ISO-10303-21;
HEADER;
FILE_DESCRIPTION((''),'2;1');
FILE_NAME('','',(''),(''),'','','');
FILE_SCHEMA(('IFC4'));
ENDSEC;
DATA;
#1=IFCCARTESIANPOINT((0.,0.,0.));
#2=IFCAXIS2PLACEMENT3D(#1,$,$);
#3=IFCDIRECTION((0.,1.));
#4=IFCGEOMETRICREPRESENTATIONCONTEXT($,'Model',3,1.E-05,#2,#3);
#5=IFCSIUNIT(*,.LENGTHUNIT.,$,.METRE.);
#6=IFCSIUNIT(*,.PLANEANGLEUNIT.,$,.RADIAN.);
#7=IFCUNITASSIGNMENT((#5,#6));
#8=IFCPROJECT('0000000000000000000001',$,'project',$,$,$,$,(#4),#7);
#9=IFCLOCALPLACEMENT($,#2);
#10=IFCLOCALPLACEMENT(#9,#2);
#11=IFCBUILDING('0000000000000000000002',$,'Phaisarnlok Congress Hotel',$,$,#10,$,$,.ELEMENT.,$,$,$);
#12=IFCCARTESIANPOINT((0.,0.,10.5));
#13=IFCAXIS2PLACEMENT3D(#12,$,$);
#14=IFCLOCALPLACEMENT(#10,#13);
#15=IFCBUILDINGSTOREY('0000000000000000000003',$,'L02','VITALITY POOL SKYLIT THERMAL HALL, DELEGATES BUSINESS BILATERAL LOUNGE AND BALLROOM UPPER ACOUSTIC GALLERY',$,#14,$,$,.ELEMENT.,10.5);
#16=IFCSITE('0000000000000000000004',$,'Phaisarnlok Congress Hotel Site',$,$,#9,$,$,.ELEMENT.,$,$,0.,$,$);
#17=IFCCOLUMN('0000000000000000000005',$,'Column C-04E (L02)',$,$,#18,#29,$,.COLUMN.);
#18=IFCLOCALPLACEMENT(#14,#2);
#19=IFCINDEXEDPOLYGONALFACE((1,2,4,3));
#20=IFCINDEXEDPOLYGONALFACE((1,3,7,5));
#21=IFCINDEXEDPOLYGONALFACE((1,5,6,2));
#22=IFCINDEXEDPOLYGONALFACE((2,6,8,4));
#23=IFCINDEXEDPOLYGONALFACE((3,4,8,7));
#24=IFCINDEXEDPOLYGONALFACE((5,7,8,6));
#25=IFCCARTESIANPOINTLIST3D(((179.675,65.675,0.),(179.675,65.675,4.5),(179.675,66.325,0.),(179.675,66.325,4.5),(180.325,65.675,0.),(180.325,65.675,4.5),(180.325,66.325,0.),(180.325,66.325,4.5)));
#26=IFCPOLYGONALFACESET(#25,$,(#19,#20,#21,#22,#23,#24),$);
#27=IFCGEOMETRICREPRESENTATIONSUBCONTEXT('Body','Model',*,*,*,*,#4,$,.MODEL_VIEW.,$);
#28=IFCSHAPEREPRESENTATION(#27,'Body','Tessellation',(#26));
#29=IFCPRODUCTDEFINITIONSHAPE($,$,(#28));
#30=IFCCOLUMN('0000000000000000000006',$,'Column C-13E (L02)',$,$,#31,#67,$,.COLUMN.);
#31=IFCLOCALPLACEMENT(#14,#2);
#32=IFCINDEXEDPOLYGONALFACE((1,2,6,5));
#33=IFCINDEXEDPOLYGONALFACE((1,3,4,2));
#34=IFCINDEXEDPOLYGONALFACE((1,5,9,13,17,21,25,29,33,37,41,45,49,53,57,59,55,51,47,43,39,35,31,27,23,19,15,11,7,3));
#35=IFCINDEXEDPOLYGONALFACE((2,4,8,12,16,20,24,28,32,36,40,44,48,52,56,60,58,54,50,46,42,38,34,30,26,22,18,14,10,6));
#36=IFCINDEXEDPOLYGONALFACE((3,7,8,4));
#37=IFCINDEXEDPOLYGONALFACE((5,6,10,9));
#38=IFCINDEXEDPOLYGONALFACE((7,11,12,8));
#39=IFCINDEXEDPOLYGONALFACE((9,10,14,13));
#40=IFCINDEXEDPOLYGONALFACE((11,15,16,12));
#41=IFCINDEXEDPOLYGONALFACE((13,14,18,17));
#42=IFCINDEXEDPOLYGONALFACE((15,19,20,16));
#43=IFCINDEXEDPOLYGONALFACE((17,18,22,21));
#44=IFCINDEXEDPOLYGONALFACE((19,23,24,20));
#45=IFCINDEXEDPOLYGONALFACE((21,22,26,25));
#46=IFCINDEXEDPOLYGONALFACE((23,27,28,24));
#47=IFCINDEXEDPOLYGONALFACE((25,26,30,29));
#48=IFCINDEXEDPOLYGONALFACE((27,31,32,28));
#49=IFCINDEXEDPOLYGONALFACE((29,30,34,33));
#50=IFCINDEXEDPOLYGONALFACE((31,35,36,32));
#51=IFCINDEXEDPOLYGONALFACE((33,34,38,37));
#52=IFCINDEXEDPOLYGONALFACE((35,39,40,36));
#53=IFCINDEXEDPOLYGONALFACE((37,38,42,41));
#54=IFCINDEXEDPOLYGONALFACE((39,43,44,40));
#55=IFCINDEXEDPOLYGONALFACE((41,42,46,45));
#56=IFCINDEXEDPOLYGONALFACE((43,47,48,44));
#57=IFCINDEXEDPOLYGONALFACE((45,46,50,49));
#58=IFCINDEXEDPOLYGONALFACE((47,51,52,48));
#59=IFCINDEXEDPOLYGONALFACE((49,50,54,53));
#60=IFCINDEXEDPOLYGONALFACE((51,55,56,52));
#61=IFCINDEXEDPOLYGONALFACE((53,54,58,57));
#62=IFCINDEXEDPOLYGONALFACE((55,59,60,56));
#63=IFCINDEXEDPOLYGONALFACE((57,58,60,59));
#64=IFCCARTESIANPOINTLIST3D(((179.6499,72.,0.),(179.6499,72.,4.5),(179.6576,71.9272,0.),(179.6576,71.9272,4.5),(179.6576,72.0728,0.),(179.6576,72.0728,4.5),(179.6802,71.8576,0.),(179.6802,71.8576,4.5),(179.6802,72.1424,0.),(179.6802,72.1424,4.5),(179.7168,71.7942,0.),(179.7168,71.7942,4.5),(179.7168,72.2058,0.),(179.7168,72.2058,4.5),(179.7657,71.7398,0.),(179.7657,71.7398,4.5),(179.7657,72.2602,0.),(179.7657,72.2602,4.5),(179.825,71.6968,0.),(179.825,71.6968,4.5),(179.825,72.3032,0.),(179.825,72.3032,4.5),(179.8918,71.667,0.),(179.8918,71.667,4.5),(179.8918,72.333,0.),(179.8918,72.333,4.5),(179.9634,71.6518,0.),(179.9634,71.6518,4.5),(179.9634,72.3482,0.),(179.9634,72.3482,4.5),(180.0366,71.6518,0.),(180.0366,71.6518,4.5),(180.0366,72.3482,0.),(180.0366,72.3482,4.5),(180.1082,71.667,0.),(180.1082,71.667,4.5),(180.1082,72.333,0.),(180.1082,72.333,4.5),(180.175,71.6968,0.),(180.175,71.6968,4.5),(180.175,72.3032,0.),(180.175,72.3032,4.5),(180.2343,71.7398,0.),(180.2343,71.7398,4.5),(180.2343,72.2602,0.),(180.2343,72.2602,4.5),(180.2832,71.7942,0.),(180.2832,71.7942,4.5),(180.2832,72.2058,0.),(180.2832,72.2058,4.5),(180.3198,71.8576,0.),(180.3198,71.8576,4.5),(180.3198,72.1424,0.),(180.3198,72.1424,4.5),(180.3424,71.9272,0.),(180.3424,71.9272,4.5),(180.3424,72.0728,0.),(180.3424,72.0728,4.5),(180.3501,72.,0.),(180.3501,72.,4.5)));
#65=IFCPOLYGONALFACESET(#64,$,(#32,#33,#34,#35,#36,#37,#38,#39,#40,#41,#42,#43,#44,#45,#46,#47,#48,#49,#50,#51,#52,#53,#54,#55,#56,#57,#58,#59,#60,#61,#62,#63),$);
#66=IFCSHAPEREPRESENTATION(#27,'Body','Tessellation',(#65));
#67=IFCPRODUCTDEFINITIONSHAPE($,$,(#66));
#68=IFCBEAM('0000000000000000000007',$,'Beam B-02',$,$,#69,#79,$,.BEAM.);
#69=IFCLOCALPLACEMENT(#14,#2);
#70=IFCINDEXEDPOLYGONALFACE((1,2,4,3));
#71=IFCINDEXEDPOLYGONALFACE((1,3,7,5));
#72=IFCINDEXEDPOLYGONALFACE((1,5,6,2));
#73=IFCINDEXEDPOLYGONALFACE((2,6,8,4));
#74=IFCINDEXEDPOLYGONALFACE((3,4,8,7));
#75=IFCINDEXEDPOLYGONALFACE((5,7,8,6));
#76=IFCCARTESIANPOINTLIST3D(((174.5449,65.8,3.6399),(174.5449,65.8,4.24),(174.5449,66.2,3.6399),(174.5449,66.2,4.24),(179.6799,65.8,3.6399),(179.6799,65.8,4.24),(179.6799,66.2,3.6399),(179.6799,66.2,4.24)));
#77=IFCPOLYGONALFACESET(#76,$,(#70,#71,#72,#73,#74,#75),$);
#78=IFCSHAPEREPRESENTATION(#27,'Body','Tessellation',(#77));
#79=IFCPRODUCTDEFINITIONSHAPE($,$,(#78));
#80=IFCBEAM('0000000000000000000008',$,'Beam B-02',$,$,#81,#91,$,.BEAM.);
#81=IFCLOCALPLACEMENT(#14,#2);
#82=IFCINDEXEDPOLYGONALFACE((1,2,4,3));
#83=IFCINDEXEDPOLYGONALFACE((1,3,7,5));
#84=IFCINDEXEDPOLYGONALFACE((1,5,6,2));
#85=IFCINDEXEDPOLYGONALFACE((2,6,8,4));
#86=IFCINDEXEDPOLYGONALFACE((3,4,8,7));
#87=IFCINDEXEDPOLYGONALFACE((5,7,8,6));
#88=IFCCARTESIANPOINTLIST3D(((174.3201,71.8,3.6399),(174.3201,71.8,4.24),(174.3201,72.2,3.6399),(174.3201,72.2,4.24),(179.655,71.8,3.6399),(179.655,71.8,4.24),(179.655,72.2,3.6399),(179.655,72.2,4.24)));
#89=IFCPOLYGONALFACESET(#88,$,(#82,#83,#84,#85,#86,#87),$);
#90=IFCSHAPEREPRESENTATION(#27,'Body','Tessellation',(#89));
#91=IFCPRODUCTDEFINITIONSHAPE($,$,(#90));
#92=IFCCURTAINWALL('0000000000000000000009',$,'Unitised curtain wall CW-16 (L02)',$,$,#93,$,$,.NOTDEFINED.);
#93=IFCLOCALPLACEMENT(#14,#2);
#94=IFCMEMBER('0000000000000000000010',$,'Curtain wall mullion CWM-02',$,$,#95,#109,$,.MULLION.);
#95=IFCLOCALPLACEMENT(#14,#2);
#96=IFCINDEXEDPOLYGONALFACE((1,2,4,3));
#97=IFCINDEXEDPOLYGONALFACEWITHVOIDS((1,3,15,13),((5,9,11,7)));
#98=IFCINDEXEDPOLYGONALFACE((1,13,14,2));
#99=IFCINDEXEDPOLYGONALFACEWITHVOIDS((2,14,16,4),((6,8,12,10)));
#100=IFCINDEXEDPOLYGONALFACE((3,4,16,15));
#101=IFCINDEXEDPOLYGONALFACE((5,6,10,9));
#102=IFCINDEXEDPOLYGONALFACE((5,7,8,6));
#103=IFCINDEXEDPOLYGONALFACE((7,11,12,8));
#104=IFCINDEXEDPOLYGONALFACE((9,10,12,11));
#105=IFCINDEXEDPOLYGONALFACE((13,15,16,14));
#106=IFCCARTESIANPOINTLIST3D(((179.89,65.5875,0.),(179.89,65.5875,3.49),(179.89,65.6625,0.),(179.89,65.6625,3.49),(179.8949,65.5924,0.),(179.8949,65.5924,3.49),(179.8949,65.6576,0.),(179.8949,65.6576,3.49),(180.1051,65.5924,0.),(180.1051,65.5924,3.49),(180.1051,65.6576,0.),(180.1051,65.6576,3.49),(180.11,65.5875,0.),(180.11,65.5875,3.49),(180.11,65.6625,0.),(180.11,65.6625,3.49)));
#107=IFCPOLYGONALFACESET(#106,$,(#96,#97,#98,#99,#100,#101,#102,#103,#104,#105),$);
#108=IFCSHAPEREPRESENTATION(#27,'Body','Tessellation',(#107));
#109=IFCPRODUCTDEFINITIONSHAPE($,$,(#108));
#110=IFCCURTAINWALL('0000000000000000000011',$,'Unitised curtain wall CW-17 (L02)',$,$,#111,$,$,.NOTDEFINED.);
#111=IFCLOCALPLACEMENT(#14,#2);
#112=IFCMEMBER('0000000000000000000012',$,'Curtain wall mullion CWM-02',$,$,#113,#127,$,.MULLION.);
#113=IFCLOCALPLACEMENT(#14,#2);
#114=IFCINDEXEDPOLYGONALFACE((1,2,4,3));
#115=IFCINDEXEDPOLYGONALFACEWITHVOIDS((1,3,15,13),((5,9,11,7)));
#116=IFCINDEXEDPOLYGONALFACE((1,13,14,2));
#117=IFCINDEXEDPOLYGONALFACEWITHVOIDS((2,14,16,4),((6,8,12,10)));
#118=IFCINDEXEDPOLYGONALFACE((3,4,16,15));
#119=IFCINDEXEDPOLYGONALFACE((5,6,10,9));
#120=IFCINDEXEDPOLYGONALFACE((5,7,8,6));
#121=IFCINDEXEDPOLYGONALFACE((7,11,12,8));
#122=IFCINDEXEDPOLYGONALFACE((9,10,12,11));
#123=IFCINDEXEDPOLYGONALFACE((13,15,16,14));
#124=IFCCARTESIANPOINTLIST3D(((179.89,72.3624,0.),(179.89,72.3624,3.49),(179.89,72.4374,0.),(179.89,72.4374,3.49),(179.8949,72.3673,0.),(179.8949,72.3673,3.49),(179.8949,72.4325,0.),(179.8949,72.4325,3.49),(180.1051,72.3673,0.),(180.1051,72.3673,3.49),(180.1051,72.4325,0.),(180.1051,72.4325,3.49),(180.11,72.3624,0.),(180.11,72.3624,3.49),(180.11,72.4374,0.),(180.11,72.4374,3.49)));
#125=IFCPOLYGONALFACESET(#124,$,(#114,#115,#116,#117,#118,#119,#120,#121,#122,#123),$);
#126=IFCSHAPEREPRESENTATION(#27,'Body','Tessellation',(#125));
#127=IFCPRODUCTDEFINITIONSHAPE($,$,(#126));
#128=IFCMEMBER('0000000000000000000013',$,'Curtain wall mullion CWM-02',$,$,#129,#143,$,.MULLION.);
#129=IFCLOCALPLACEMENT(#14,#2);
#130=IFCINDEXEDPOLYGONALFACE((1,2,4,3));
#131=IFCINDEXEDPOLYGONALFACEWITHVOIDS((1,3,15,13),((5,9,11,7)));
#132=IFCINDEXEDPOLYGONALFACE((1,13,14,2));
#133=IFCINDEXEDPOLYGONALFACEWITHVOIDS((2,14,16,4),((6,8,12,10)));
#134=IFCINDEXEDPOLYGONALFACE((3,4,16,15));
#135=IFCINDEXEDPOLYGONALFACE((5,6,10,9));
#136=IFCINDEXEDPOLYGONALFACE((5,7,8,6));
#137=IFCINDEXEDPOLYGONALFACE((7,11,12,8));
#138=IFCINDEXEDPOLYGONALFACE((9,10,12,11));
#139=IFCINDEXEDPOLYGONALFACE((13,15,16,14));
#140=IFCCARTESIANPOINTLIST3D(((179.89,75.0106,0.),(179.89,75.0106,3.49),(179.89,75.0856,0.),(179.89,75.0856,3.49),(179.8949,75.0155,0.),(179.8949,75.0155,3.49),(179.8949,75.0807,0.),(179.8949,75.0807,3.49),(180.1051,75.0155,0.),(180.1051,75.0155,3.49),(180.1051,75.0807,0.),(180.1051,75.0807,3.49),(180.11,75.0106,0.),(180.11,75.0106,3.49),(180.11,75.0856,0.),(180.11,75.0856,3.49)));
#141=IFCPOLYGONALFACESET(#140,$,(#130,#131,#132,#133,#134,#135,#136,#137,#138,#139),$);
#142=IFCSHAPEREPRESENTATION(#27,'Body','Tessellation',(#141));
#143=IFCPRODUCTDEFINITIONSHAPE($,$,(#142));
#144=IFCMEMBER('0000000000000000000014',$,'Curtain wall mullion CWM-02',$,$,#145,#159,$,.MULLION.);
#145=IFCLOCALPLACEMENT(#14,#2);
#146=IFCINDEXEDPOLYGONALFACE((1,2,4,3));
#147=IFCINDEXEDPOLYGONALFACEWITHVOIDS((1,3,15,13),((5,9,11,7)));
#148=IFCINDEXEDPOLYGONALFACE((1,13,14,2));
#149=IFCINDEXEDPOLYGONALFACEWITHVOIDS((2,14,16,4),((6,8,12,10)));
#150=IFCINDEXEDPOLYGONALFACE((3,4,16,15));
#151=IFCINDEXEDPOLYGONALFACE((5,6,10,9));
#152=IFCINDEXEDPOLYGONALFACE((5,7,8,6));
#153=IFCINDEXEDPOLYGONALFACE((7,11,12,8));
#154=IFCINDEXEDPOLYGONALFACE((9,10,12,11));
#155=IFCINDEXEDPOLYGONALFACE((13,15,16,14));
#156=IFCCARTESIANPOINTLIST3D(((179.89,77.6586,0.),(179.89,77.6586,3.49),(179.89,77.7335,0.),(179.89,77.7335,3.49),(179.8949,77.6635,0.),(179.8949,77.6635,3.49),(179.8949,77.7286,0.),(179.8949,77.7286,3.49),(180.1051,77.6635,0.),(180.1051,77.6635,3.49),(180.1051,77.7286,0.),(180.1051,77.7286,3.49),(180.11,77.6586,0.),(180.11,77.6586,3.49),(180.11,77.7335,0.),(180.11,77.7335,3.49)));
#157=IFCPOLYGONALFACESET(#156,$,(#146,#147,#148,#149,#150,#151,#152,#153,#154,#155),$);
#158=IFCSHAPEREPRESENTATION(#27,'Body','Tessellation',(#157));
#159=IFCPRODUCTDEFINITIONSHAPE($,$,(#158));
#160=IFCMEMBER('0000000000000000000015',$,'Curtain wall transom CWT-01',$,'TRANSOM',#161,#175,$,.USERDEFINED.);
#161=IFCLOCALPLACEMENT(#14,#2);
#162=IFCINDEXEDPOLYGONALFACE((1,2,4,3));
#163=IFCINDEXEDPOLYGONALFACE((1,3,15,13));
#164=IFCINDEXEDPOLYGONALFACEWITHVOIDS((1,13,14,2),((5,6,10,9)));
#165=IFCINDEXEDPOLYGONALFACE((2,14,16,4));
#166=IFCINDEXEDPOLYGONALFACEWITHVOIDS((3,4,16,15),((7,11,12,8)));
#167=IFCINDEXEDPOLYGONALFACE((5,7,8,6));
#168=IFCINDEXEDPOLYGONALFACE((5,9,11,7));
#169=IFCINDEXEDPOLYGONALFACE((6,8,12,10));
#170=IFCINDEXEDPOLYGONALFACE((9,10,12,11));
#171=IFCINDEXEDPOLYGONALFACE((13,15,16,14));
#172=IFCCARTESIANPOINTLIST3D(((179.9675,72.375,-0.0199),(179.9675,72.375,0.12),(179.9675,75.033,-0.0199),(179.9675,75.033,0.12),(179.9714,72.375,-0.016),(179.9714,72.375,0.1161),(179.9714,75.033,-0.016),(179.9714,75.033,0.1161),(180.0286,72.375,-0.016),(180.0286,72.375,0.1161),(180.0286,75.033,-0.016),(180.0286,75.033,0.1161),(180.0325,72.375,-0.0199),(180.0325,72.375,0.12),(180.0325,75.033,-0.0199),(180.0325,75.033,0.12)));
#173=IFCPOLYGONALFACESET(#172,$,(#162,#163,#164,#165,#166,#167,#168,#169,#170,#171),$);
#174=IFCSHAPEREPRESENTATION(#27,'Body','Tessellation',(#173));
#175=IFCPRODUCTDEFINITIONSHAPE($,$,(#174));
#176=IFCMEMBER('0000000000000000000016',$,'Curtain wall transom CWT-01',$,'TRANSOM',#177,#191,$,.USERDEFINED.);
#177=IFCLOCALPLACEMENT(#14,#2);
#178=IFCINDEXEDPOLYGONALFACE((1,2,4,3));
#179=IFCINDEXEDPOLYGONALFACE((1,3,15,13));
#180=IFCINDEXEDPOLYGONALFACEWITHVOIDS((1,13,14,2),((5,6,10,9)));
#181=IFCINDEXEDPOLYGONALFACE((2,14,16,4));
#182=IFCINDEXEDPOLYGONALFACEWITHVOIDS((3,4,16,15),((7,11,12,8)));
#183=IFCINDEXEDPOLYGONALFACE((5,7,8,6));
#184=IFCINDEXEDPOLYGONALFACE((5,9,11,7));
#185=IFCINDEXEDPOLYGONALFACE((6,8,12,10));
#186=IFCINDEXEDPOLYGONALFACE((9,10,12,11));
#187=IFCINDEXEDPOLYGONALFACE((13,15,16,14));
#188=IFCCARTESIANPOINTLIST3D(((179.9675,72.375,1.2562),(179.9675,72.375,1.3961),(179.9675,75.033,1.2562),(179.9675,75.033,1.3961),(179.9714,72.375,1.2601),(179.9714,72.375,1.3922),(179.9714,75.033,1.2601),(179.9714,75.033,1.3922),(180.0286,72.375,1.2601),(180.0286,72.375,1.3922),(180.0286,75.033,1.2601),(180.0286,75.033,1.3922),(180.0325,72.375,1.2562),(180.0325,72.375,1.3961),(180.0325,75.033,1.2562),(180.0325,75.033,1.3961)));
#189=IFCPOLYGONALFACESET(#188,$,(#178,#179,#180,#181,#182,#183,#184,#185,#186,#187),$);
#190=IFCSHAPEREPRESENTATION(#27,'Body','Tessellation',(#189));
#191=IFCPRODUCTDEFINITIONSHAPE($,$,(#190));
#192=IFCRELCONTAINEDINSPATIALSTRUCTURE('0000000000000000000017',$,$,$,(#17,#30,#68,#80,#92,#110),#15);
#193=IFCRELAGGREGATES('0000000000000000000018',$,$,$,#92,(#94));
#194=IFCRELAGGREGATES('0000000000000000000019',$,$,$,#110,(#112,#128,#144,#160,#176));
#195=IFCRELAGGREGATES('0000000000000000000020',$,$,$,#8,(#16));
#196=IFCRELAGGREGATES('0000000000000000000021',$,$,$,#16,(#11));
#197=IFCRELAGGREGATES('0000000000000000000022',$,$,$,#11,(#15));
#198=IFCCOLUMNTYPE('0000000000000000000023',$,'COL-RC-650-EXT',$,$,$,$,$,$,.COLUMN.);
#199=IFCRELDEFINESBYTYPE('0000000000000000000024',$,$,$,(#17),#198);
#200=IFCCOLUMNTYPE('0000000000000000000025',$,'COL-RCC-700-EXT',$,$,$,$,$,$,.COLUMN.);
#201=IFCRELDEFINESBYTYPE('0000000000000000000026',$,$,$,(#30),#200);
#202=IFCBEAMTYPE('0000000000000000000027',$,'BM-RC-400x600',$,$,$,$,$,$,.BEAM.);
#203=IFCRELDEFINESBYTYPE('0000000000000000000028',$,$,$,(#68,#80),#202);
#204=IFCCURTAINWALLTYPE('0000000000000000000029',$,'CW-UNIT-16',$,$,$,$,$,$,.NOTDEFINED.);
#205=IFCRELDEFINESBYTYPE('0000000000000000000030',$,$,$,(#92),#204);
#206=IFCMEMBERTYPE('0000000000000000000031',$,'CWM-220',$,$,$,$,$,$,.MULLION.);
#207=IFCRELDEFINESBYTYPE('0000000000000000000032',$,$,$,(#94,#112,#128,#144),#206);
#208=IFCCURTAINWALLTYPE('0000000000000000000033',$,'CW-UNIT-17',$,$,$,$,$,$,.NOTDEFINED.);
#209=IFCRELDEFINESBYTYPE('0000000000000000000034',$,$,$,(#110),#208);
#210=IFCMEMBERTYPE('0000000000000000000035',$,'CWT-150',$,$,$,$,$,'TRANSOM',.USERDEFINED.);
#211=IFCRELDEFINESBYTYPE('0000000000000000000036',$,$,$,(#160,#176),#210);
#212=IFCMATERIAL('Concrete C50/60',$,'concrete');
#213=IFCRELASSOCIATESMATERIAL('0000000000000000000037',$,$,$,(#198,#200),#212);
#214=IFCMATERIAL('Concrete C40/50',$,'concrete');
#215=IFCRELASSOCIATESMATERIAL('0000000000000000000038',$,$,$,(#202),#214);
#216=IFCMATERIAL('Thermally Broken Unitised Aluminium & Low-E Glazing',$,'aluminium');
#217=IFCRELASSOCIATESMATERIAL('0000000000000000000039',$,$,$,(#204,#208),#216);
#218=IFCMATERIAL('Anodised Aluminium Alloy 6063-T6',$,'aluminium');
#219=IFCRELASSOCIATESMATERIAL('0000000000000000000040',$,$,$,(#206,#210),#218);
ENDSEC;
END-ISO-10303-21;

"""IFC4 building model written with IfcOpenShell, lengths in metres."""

from ifc_helpers import new_model, si_unit, direction, frame, origin, origin_2d, place, context, subcontext, project, spatial, rectangle, hollow_rectangle, circle, extrude, material, material_profile, profile_set, type_object, element, aggregate, save


model = new_model("IFC4")

# Units and contexts
model_context = context("Model", 3, precision=1e-05, world=origin(), true_north=direction((0.0, 1.0)))
body_context = subcontext(model_context, "Body", "Model", "MODEL_VIEW")
ifc_project = project(units=[si_unit("LENGTHUNIT", "METRE"), si_unit("PLANEANGLEUNIT", "RADIAN")], contexts=[model_context])

# Site, building, storey
site_placement = place(None, origin())
site = spatial("IfcSite", under=ifc_project, at=site_placement, Name="Phaisarnlok Congress Hotel Site", CompositionType="ELEMENT", RefElevation=0.0)
building_placement = place(site_placement, origin())
building = spatial("IfcBuilding", under=site, at=building_placement, Name="Phaisarnlok Congress Hotel", CompositionType="ELEMENT")
storey_placement = place(building_placement, frame((0.0, 0.0, 10.5)))
storey = spatial("IfcBuildingStorey", under=building, at=storey_placement, Name="L02", Description="VITALITY POOL SKYLIT THERMAL HALL, DELEGATES BUSINESS BILATERAL LOUNGE AND BALLROOM UPPER ACOUSTIC GALLERY", CompositionType="ELEMENT", Elevation=10.5)

# Columns
ifc_material_1 = material(Name="Concrete C50/60", Category="concrete")
ifc_material_profile_1 = material_profile(ifc_material_1, rectangle(XDim=0.6499, YDim=0.6499, at=origin_2d()), Name="RC 650x650")
ifc_profile_set_1 = profile_set([ifc_material_profile_1], Name="Concrete C50/60")
column_type_1 = type_object("IfcColumnType", Name="COL-RC-650-EXT", PredefinedType="COLUMN", material=ifc_profile_set_1)
column_1_placement = place(storey_placement, frame((180.0, 66.0, 0.0), z_axis=(0.0, 0.0, 1.0), x_axis=(1.0, 0.0, 0.0)))
element("IfcColumn", 1, at=column_1_placement, inside=storey, type_object=column_type_1, Name="Column C-04E (L02)", PredefinedType="COLUMN", context=body_context, shape_type="SweptSolid", body=[
    extrude(rectangle(XDim=0.6499, YDim=0.6499, at=origin_2d()), origin(), (0.0, 0.0, 1.0), 4.5),
])
ifc_material_profile_2 = material_profile(ifc_material_1, circle(Radius=0.3501, at=origin_2d()), Name="RCC D700")
ifc_profile_set_2 = profile_set([ifc_material_profile_2], Name="Concrete C50/60")
column_type_2 = type_object("IfcColumnType", Name="COL-RCC-700-EXT", PredefinedType="COLUMN", material=ifc_profile_set_2)
column_2_placement = place(storey_placement, frame((180.0, 72.0, 0.0), z_axis=(0.0, 0.0, 1.0), x_axis=(1.0, 0.0, 0.0)))
element("IfcColumn", 2, at=column_2_placement, inside=storey, type_object=column_type_2, Name="Column C-13E (L02)", PredefinedType="COLUMN", context=body_context, shape_type="SweptSolid", body=[
    extrude(circle(Radius=0.3501, at=origin_2d()), origin(), (0.0, 0.0, 1.0), 4.5),
])

# Beams
ifc_material_2 = material(Name="Concrete C40/50", Category="concrete")
ifc_material_profile_3 = material_profile(ifc_material_2, rectangle(XDim=0.3999, YDim=0.6001, at=origin_2d()), Name="RC 400x600")
ifc_profile_set_3 = profile_set([ifc_material_profile_3], Name="Concrete C40/50")
beam_type_1 = type_object("IfcBeamType", Name="BM-RC-400x600", PredefinedType="BEAM", material=ifc_profile_set_3)
beam_1_placement = place(storey_placement, frame((174.5449, 66.0, 3.9399), z_axis=(1.0, 0.0, 0.0), x_axis=(0.0, 1.0, 0.0)))
element("IfcBeam", 3, at=beam_1_placement, inside=storey, type_object=beam_type_1, Name="Beam B-02", PredefinedType="BEAM", context=body_context, shape_type="SweptSolid", body=[
    extrude(rectangle(XDim=0.3999, YDim=0.6001, at=origin_2d()), origin(), (0.0, 0.0, 1.0), 5.135),
])
beam_2_placement = place(storey_placement, frame((174.3201, 72.0, 3.9399), z_axis=(1.0, 0.0, 0.0), x_axis=(0.0, 1.0, 0.0)))
element("IfcBeam", 4, at=beam_2_placement, inside=storey, type_object=beam_type_1, Name="Beam B-02", PredefinedType="BEAM", context=body_context, shape_type="SweptSolid", body=[
    extrude(rectangle(XDim=0.3999, YDim=0.6001, at=origin_2d()), origin(), (0.0, 0.0, 1.0), 5.335),
])

# Curtain wall, member
ifc_material_3 = material(Name="Thermally Broken Unitised Aluminium & Low-E Glazing", Category="aluminium")
curtain_wall_type_1 = type_object("IfcCurtainWallType", Name="CW-UNIT-16", PredefinedType="NOTDEFINED", material=ifc_material_3)
curtain_wall_1_placement = place(storey_placement, origin())
curtain_wall_1 = element("IfcCurtainWall", 5, at=curtain_wall_1_placement, inside=storey, type_object=curtain_wall_type_1, Name="Unitised curtain wall CW-16 (L02)", PredefinedType="NOTDEFINED")
ifc_material_4 = material(Name="Anodised Aluminium Alloy 6063-T6", Category="aluminium")
ifc_material_profile_4 = material_profile(ifc_material_4, hollow_rectangle(XDim=0.075, YDim=0.22, WallThickness=0.0049, at=origin_2d()), Name="ALU-M 75x220x5")
ifc_profile_set_4 = profile_set([ifc_material_profile_4], Name="Anodised Aluminium Alloy 6063-T6")
member_type_1 = type_object("IfcMemberType", Name="CWM-220", PredefinedType="MULLION", material=ifc_profile_set_4)
member_1_placement = place(storey_placement, frame((180.0, 65.625, 0.0), z_axis=(0.0, 0.0, 1.0), x_axis=(0.0, 1.0, 0.0)))
member_1 = element("IfcMember", 6, at=member_1_placement, type_object=member_type_1, Name="Curtain wall mullion CWM-02", PredefinedType="MULLION", context=body_context, shape_type="SweptSolid", body=[
    extrude(hollow_rectangle(XDim=0.075, YDim=0.22, WallThickness=0.0049, at=origin_2d()), origin(), (0.0, 0.0, 1.0), 3.49),
])
aggregate(curtain_wall_1, [member_1])

# Curtain wall, members
curtain_wall_type_2 = type_object("IfcCurtainWallType", Name="CW-UNIT-17", PredefinedType="NOTDEFINED", material=ifc_material_3)
curtain_wall_2_placement = place(storey_placement, origin())
curtain_wall_2 = element("IfcCurtainWall", 7, at=curtain_wall_2_placement, inside=storey, type_object=curtain_wall_type_2, Name="Unitised curtain wall CW-17 (L02)", PredefinedType="NOTDEFINED")
member_2_placement = place(storey_placement, frame((180.0, 72.3999, 0.0), z_axis=(0.0, 0.0, 1.0), x_axis=(0.0, 1.0, 0.0)))
member_2 = element("IfcMember", 8, at=member_2_placement, type_object=member_type_1, Name="Curtain wall mullion CWM-02", PredefinedType="MULLION", context=body_context, shape_type="SweptSolid", body=[
    extrude(hollow_rectangle(XDim=0.075, YDim=0.22, WallThickness=0.0049, at=origin_2d()), origin(), (0.0, 0.0, 1.0), 3.49),
])
member_3_placement = place(storey_placement, frame((180.0, 75.0481, 0.0), z_axis=(0.0, 0.0, 1.0), x_axis=(0.0, 1.0, 0.0)))
member_3 = element("IfcMember", 9, at=member_3_placement, type_object=member_type_1, Name="Curtain wall mullion CWM-02", PredefinedType="MULLION", context=body_context, shape_type="SweptSolid", body=[
    extrude(hollow_rectangle(XDim=0.075, YDim=0.22, WallThickness=0.0049, at=origin_2d()), origin(), (0.0, 0.0, 1.0), 3.49),
])
member_4_placement = place(storey_placement, frame((180.0, 77.696, 0.0), z_axis=(0.0, 0.0, 1.0), x_axis=(0.0, 1.0, 0.0)))
member_4 = element("IfcMember", 10, at=member_4_placement, type_object=member_type_1, Name="Curtain wall mullion CWM-02", PredefinedType="MULLION", context=body_context, shape_type="SweptSolid", body=[
    extrude(hollow_rectangle(XDim=0.075, YDim=0.22, WallThickness=0.0049, at=origin_2d()), origin(), (0.0, 0.0, 1.0), 3.49),
])
ifc_material_profile_5 = material_profile(ifc_material_4, hollow_rectangle(XDim=0.0649, YDim=0.1399, WallThickness=0.0039, at=origin_2d()), Name="ALU-T 65x140x4")
ifc_profile_set_5 = profile_set([ifc_material_profile_5], Name="Anodised Aluminium Alloy 6063-T6")
member_type_2 = type_object("IfcMemberType", Name="CWT-150", ElementType="TRANSOM", PredefinedType="USERDEFINED", material=ifc_profile_set_5)
member_5_placement = place(storey_placement, frame((180.0, 72.375, 0.05), z_axis=(0.0, 1.0, 0.0), x_axis=(-1.0, 0.0, 0.0)))
member_5 = element("IfcMember", 11, at=member_5_placement, type_object=member_type_2, Name="Curtain wall transom CWT-01", ObjectType="TRANSOM", PredefinedType="USERDEFINED", context=body_context, shape_type="SweptSolid", body=[
    extrude(hollow_rectangle(XDim=0.0649, YDim=0.1399, WallThickness=0.0039, at=origin_2d()), origin(), (0.0, 0.0, 1.0), 2.658),
])
member_6_placement = place(storey_placement, frame((180.0, 72.375, 1.3262), z_axis=(0.0, 1.0, 0.0), x_axis=(-1.0, 0.0, 0.0)))
member_6 = element("IfcMember", 12, at=member_6_placement, type_object=member_type_2, Name="Curtain wall transom CWT-01", ObjectType="TRANSOM", PredefinedType="USERDEFINED", context=body_context, shape_type="SweptSolid", body=[
    extrude(hollow_rectangle(XDim=0.0649, YDim=0.1399, WallThickness=0.0039, at=origin_2d()), origin(), (0.0, 0.0, 1.0), 2.658),
])

aggregate(curtain_wall_2, [member_2, member_3, member_4, member_5, member_6])

save(model, "model.ifc")
